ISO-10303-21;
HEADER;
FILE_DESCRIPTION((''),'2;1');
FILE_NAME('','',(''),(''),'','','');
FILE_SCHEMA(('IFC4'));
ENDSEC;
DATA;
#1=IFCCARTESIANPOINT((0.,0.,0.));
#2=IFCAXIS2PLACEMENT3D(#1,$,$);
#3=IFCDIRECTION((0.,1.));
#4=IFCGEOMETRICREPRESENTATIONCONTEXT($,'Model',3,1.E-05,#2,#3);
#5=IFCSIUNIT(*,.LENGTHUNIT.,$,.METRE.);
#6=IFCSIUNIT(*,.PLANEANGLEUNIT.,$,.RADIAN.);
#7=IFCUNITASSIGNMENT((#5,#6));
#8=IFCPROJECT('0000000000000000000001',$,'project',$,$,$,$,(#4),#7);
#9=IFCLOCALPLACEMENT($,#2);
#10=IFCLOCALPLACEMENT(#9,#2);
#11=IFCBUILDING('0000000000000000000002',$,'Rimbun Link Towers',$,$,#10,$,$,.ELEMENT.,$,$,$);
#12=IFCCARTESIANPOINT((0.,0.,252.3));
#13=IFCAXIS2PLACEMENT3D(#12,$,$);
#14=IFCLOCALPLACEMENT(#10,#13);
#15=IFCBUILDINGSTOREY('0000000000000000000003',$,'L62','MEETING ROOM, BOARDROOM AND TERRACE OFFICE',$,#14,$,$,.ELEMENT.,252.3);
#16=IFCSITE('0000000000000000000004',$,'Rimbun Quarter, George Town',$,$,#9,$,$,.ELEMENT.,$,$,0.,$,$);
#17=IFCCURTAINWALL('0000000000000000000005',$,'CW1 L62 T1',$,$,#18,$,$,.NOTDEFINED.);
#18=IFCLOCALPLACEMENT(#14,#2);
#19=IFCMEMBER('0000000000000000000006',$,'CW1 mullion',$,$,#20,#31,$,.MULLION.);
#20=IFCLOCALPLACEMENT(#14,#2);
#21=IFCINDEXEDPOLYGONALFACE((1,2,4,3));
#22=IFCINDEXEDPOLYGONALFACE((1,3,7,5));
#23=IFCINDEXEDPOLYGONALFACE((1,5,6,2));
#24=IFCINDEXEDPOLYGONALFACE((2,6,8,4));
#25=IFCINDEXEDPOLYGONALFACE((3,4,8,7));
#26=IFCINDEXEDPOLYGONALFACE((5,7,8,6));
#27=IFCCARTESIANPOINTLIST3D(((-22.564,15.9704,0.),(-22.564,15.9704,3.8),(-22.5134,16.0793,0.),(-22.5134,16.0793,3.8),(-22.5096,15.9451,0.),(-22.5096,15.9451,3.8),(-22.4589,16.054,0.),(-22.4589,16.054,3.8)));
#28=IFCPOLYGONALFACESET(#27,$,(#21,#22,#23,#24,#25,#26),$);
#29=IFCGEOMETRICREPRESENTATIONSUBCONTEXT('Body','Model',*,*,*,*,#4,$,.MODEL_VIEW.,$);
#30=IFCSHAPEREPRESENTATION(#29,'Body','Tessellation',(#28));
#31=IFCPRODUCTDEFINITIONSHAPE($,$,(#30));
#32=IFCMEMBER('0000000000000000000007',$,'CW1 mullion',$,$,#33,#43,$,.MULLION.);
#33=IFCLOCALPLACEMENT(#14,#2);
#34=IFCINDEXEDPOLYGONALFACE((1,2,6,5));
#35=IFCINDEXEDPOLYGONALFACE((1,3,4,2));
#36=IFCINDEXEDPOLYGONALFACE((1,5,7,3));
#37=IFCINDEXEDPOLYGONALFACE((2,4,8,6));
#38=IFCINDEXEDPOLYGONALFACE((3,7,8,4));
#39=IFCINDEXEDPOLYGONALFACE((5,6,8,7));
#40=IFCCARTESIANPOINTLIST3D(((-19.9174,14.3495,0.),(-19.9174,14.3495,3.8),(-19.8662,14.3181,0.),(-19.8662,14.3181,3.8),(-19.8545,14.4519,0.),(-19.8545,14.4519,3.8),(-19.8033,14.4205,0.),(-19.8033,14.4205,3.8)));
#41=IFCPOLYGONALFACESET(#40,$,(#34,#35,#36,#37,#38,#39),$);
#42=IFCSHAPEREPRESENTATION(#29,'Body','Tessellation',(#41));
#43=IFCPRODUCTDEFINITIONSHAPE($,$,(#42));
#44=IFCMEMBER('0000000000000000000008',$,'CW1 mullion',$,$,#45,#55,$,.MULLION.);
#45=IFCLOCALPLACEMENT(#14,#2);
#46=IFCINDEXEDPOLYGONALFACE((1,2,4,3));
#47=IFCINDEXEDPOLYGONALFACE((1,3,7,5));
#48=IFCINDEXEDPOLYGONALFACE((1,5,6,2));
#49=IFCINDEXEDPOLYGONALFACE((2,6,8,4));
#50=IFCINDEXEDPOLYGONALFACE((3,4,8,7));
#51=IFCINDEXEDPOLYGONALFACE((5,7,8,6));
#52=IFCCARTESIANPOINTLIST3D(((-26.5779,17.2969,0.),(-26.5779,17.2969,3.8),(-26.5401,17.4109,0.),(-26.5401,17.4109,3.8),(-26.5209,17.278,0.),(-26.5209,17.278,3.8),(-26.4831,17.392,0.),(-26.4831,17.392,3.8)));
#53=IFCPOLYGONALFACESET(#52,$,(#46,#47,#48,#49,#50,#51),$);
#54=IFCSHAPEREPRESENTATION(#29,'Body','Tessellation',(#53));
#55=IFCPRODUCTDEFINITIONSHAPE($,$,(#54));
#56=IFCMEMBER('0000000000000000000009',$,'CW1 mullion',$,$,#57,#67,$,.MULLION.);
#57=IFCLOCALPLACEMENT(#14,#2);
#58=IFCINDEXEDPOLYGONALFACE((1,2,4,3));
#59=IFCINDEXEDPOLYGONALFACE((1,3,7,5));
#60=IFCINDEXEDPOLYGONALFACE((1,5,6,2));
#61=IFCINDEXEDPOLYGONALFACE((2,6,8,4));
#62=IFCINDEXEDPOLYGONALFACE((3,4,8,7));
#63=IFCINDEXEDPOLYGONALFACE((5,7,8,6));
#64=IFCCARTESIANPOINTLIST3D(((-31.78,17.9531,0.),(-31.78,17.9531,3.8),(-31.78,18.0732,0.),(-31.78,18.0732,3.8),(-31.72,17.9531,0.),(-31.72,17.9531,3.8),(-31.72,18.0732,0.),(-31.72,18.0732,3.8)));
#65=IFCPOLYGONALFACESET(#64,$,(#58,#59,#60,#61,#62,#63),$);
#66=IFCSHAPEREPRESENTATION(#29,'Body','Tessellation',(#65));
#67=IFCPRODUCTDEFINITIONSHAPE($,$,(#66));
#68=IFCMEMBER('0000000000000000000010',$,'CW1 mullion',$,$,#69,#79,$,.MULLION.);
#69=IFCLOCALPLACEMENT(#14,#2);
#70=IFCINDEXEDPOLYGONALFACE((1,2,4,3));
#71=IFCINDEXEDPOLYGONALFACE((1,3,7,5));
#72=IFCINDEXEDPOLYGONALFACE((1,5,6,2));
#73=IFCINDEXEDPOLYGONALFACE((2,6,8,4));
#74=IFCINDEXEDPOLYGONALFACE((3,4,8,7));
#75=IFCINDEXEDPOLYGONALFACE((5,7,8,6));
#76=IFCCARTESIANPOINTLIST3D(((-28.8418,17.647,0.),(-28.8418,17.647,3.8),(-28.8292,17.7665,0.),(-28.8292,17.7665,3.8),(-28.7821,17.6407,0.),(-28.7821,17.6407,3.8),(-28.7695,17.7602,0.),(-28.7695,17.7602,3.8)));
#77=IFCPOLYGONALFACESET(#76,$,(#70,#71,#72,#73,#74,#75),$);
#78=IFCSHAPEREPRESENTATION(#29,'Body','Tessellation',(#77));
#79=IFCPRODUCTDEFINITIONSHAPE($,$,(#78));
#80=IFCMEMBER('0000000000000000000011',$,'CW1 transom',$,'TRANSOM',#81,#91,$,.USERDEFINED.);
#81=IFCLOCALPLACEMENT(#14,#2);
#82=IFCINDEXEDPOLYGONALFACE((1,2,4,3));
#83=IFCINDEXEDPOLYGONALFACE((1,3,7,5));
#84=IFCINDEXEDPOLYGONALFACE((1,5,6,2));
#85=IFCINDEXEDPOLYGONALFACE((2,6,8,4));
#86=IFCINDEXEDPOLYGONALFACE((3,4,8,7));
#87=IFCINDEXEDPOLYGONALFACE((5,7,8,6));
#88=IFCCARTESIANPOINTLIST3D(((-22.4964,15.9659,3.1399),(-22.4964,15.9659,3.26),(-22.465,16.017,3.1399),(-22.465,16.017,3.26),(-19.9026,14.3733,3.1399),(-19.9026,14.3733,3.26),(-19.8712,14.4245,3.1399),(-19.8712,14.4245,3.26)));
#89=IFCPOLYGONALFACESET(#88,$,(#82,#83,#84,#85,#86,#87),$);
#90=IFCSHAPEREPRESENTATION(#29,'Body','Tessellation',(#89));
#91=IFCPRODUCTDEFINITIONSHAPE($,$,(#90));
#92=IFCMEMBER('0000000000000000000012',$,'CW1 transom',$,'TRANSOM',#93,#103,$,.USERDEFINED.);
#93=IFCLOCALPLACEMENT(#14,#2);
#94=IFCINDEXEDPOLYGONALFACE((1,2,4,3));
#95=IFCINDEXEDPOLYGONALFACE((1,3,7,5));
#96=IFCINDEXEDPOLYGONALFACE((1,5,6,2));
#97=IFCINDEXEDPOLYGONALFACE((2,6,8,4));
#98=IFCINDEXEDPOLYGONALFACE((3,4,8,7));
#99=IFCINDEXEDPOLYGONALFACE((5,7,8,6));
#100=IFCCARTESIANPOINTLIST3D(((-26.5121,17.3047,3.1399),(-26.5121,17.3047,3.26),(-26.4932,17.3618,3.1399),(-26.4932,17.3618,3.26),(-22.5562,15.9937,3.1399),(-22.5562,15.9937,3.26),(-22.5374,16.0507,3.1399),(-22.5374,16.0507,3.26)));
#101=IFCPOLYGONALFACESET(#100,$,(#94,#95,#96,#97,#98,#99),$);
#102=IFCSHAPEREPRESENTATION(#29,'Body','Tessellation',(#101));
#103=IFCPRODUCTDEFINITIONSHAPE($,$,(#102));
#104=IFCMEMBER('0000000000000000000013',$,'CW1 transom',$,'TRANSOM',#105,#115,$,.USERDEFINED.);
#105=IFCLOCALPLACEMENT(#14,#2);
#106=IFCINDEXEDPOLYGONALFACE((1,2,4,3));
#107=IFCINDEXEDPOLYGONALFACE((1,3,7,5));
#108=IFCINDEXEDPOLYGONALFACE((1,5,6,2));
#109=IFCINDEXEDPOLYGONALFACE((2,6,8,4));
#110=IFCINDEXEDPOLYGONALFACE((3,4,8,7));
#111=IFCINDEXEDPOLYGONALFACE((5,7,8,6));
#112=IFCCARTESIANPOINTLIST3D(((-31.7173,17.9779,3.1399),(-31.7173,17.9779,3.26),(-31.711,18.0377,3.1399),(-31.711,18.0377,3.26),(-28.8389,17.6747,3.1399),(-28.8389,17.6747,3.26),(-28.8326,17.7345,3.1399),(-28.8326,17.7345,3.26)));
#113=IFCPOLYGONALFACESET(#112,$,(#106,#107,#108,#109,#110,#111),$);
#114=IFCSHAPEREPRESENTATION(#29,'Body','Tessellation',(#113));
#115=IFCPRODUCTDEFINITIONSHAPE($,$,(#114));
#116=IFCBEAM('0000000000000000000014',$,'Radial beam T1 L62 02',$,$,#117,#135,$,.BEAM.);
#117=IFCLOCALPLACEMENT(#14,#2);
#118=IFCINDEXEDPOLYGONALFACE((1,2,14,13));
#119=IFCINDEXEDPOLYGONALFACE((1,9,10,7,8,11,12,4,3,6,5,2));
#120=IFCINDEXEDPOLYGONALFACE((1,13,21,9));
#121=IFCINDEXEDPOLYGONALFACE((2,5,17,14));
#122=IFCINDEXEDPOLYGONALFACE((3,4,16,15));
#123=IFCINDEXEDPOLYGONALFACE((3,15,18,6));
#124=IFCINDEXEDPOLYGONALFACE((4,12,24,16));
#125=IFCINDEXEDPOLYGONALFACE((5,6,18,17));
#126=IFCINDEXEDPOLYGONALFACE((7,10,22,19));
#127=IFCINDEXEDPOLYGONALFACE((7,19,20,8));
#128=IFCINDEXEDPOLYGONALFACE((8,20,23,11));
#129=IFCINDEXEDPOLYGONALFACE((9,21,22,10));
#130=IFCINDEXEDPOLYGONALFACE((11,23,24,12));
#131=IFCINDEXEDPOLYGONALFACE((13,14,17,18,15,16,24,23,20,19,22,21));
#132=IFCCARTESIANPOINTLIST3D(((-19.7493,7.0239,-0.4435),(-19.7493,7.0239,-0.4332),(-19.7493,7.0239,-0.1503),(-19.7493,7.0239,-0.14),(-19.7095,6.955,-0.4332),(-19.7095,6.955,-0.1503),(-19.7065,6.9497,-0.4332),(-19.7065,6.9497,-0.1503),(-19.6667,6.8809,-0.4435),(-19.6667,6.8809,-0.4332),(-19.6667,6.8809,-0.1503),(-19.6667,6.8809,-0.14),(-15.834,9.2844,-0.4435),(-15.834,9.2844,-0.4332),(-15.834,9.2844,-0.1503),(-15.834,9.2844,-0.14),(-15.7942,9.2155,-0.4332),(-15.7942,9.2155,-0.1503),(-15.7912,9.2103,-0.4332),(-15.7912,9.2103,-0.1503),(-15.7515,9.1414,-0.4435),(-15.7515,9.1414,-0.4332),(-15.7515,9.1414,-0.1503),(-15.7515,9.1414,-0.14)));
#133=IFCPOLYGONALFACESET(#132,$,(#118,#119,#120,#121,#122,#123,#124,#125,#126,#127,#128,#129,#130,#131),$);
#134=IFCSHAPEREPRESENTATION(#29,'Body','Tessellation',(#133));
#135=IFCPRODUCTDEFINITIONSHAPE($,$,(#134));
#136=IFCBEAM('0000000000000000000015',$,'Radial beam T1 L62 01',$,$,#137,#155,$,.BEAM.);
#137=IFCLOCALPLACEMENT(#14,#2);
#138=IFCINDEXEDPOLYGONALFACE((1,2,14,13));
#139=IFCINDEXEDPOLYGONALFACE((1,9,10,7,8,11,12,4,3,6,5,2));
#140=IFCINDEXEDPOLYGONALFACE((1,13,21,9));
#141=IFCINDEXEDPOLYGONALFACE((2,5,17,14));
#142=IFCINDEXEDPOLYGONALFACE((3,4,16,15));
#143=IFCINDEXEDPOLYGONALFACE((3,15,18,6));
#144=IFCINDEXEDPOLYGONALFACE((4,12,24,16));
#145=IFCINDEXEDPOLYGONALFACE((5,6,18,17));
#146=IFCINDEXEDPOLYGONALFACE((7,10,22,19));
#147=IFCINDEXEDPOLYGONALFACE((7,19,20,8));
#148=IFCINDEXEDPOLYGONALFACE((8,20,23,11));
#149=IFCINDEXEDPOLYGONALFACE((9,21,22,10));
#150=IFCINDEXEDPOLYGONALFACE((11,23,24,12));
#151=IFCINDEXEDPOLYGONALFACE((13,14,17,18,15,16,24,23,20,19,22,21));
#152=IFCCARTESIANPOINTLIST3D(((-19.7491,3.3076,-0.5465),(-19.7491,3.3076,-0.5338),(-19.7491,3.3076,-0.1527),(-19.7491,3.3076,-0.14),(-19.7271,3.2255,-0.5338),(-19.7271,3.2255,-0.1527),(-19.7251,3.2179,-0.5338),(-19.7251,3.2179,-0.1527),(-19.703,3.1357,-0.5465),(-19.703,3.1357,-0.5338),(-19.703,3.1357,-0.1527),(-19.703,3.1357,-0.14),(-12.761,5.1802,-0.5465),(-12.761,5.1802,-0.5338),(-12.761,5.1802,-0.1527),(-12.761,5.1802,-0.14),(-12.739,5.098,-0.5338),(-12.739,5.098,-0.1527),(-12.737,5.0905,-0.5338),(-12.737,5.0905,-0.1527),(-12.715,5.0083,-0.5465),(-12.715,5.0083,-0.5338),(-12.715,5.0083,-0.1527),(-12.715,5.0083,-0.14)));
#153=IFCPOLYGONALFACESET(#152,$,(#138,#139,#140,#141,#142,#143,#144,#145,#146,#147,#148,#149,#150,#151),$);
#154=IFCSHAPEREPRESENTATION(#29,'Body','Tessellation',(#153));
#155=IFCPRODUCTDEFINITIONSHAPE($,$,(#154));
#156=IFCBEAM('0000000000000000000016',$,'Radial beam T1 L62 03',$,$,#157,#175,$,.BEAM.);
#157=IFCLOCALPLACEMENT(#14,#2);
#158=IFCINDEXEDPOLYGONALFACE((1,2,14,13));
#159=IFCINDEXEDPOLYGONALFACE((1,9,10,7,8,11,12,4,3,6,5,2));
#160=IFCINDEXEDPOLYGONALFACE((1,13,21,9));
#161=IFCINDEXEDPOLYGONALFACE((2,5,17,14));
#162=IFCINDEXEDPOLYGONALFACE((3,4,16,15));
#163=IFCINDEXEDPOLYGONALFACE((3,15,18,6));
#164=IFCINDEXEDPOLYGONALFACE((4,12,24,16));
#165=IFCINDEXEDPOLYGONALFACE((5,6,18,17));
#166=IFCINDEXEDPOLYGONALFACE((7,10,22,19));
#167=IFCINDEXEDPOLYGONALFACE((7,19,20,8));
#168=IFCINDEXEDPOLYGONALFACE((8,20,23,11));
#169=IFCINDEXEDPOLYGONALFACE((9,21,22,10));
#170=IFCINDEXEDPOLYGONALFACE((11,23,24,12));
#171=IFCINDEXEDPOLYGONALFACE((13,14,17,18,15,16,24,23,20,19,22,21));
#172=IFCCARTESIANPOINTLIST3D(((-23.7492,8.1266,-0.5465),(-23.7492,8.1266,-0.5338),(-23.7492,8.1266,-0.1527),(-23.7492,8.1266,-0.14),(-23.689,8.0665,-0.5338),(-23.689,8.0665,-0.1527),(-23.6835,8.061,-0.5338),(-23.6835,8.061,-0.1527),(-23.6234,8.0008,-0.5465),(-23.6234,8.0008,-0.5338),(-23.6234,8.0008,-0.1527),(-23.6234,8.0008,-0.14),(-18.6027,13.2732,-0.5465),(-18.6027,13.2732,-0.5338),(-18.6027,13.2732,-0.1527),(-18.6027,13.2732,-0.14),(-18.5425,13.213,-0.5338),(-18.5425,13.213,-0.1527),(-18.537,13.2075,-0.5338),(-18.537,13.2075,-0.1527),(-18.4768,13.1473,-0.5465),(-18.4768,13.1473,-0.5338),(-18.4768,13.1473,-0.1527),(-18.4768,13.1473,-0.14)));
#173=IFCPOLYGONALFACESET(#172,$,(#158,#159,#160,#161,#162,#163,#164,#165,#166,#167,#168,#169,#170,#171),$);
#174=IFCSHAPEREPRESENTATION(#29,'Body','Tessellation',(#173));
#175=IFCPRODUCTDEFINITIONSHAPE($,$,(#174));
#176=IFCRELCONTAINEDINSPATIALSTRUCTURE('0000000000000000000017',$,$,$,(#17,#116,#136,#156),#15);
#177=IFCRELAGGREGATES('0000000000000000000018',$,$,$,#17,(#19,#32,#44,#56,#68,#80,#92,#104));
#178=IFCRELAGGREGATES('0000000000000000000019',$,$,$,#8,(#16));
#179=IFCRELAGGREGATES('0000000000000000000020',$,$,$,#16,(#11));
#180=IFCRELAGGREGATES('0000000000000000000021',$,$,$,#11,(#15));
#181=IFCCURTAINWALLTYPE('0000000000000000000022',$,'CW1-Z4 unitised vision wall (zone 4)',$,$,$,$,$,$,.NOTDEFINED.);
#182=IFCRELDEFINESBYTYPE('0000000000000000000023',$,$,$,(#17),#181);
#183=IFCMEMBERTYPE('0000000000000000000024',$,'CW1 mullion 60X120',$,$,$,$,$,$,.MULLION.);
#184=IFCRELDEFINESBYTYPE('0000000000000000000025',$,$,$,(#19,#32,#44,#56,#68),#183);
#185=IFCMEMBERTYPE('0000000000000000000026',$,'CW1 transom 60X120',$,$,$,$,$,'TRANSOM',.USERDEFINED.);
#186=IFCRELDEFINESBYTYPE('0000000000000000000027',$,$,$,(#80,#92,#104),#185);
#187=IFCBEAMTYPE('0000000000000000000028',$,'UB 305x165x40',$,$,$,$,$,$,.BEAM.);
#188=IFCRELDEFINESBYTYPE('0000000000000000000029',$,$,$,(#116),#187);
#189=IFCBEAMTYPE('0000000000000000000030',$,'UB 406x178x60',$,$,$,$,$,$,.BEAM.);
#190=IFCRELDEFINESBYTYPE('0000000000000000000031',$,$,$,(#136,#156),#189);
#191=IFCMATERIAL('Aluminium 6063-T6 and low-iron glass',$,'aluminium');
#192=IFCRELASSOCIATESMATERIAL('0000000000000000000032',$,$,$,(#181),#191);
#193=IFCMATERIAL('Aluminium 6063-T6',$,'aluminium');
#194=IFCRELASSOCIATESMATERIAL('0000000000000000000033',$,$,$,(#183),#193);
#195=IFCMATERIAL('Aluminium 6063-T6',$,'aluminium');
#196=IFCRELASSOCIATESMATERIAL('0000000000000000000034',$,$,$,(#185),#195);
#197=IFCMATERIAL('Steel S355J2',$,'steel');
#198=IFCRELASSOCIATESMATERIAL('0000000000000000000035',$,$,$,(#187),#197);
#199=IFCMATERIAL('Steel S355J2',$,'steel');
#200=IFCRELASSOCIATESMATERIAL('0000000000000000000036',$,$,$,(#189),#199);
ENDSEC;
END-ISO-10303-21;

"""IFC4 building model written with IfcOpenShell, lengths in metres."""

from ifc_helpers import new_model, si_unit, direction, frame, origin, origin_2d, place, context, subcontext, project, spatial, rectangle, i_section, extrude, material, material_profile, profile_set, type_object, element, aggregate, save


model = new_model("IFC4")

# Units and contexts
model_context = context("Model", 3, precision=1e-05, world=origin(), true_north=direction((0.0, 1.0)))
body_context = subcontext(model_context, "Body", "Model", "MODEL_VIEW")
ifc_project = project(units=[si_unit("LENGTHUNIT", "METRE"), si_unit("PLANEANGLEUNIT", "RADIAN")], contexts=[model_context])

# Site, building, storey
site_placement = place(None, origin())
site = spatial("IfcSite", under=ifc_project, at=site_placement, Name="Rimbun Quarter, George Town", CompositionType="ELEMENT", RefElevation=0.0)
building_placement = place(site_placement, origin())
building = spatial("IfcBuilding", under=site, at=building_placement, Name="Rimbun Link Towers", CompositionType="ELEMENT")
storey_placement = place(building_placement, frame((0.0, 0.0, 252.3)))
storey = spatial("IfcBuildingStorey", under=building, at=storey_placement, Name="L62", Description="MEETING ROOM, BOARDROOM AND TERRACE OFFICE", CompositionType="ELEMENT", Elevation=252.3)

# Curtain wall, members
ifc_material_1 = material(Name="Aluminium 6063-T6 and low-iron glass", Category="aluminium")
curtain_wall_type = type_object("IfcCurtainWallType", Name="CW1-Z4 unitised vision wall (zone 4)", PredefinedType="NOTDEFINED", material=ifc_material_1)
curtain_wall_placement = place(storey_placement, origin())
curtain_wall = element("IfcCurtainWall", 1, at=curtain_wall_placement, inside=storey, type_object=curtain_wall_type, Name="CW1 L62 T1", PredefinedType="NOTDEFINED")
ifc_material_2 = material(Name="Aluminium 6063-T6", Category="aluminium")
ifc_material_profile_1 = material_profile(ifc_material_2, rectangle(XDim=0.1201, YDim=0.0601, at=origin_2d()), Name="MULLION 60X120")
ifc_profile_set_1 = profile_set([ifc_material_profile_1], Name="Aluminium 6063-T6")
member_type_1 = type_object("IfcMemberType", Name="CW1 mullion 60X120", PredefinedType="MULLION", material=ifc_profile_set_1)
member_1_placement = place(storey_placement, frame((-22.5115, 16.0122, 0.0), z_axis=(0.0, 0.0, 1.0), x_axis=(0.4217, 0.906735, 0.0)))
member_1 = element("IfcMember", 2, at=member_1_placement, type_object=member_type_1, Name="CW1 mullion", PredefinedType="MULLION", context=body_context, shape_type="SweptSolid", body=[
    extrude(rectangle(XDim=0.1201, YDim=0.0601, at=origin_2d()), origin(), (0.0, 0.0, 1.0), 3.8),
])
member_2_placement = place(storey_placement, frame((-19.8604, 14.385, 0.0), z_axis=(0.0, 0.0, 1.0), x_axis=(0.523229, 0.852192, 0.0)))
member_2 = element("IfcMember", 3, at=member_2_placement, type_object=member_type_1, Name="CW1 mullion", PredefinedType="MULLION", context=body_context, shape_type="SweptSolid", body=[
    extrude(rectangle(XDim=0.1201, YDim=0.0601, at=origin_2d()), origin(), (0.0, 0.0, 1.0), 3.8),
])
member_3_placement = place(storey_placement, frame((-26.5305, 17.3445, 0.0), z_axis=(0.0, 0.0, 1.0), x_axis=(0.314569, 0.949234, 0.0)))
member_3 = element("IfcMember", 4, at=member_3_placement, type_object=member_type_1, Name="CW1 mullion", PredefinedType="MULLION", context=body_context, shape_type="SweptSolid", body=[
    extrude(rectangle(XDim=0.1201, YDim=0.0601, at=origin_2d()), origin(), (0.0, 0.0, 1.0), 3.8),
])
member_4_placement = place(storey_placement, frame((-31.75, 18.0132, 0.0), z_axis=(0.0, 0.0, 1.0), x_axis=(0.0, 1.0, 0.0)))
member_4 = element("IfcMember", 5, at=member_4_placement, type_object=member_type_1, Name="CW1 mullion", PredefinedType="MULLION", context=body_context, shape_type="SweptSolid", body=[
    extrude(rectangle(XDim=0.1201, YDim=0.0601, at=origin_2d()), origin(), (0.0, 0.0, 1.0), 3.8),
])
member_5_placement = place(storey_placement, frame((-28.8057, 17.7036, 0.0), z_axis=(0.0, 0.0, 1.0), x_axis=(0.104732, 0.9945, 0.0)))
member_5 = element("IfcMember", 6, at=member_5_placement, type_object=member_type_1, Name="CW1 mullion", PredefinedType="MULLION", context=body_context, shape_type="SweptSolid", body=[
    extrude(rectangle(XDim=0.1201, YDim=0.0601, at=origin_2d()), origin(), (0.0, 0.0, 1.0), 3.8),
])
ifc_material_3 = material(Name="Aluminium 6063-T6", Category="aluminium")
ifc_material_profile_2 = material_profile(ifc_material_3, rectangle(XDim=0.0601, YDim=0.1201, at=origin_2d()), Name="TRANSOM 60X120")
ifc_profile_set_2 = profile_set([ifc_material_profile_2], Name="Aluminium 6063-T6")
member_type_2 = type_object("IfcMemberType", Name="CW1 transom 60X120", ElementType="TRANSOM", PredefinedType="USERDEFINED", material=ifc_profile_set_2)
member_6_placement = place(storey_placement, frame((-22.4807, 15.9915, 3.2), z_axis=(0.852189, -0.523233, 0.0), x_axis=(0.523233, 0.852189, 0.0)))
member_6 = element("IfcMember", 7, at=member_6_placement, type_object=member_type_2, Name="CW1 transom", ObjectType="TRANSOM", PredefinedType="USERDEFINED", context=body_context, shape_type="SweptSolid", body=[
    extrude(rectangle(XDim=0.0601, YDim=0.1201, at=origin_2d()), origin(), (0.0, 0.0, 1.0), 3.0437),
])
member_7_placement = place(storey_placement, frame((-26.5027, 17.3333, 3.2), z_axis=(0.949227, -0.314593, 0.0), x_axis=(0.314593, 0.949227, 0.0)))
member_7 = element("IfcMember", 8, at=member_7_placement, type_object=member_type_2, Name="CW1 transom", ObjectType="TRANSOM", PredefinedType="USERDEFINED", context=body_context, shape_type="SweptSolid", body=[
    extrude(rectangle(XDim=0.0601, YDim=0.1201, at=origin_2d()), origin(), (0.0, 0.0, 1.0), 4.1675),
])
member_8_placement = place(storey_placement, frame((-31.7141, 18.0078, 3.2), z_axis=(0.994497, -0.104764, 0.0), x_axis=(0.104764, 0.994497, 0.0)))
member_8 = element("IfcMember", 9, at=member_8_placement, type_object=member_type_2, Name="CW1 transom", ObjectType="TRANSOM", PredefinedType="USERDEFINED", context=body_context, shape_type="SweptSolid", body=[
    extrude(rectangle(XDim=0.0601, YDim=0.1201, at=origin_2d()), origin(), (0.0, 0.0, 1.0), 2.8943),
])

# Beams
ifc_material_4 = material(Name="Steel S355J2", Category="steel")
ifc_material_profile_3 = material_profile(ifc_material_4, i_section(OverallWidth=0.165, OverallDepth=0.3035, WebThickness=0.0061, FlangeThickness=0.0103, at=origin_2d()), Name="UB 305x165x40")
ifc_profile_set_3 = profile_set([ifc_material_profile_3], Name="Steel S355J2")
beam_type_1 = type_object("IfcBeamType", Name="UB 305x165x40", PredefinedType="BEAM", material=ifc_profile_set_3)
beam_1_placement = place(storey_placement, frame((-19.708, 6.9524, -0.2917), z_axis=(0.866025, 0.500001, 0.0), x_axis=(-0.500001, 0.866025, 0.0)))
element("IfcBeam", 10, at=beam_1_placement, inside=storey, type_object=beam_type_1, Name="Radial beam T1 L62 02", PredefinedType="BEAM", context=body_context, shape_type="SweptSolid", body=[
    extrude(i_section(OverallWidth=0.165, OverallDepth=0.3035, WebThickness=0.0061, FlangeThickness=0.0103, at=origin_2d()), origin(), (0.0, 0.0, 1.0), 4.521),
])
ifc_material_5 = material(Name="Steel S355J2", Category="steel")
ifc_material_profile_4 = material_profile(ifc_material_5, i_section(OverallWidth=0.178, OverallDepth=0.4065, WebThickness=0.0078, FlangeThickness=0.0127, at=origin_2d()), Name="UB 406x178x60")
ifc_profile_set_4 = profile_set([ifc_material_profile_4], Name="Steel S355J2")
beam_type_2 = type_object("IfcBeamType", Name="UB 406x178x60", PredefinedType="BEAM", material=ifc_profile_set_4)
beam_2_placement = place(storey_placement, frame((-19.7261, 3.2217, -0.3433), z_axis=(0.965922, 0.258834, 0.0), x_axis=(-0.258834, 0.965922, 0.0)))
element("IfcBeam", 11, at=beam_2_placement, inside=storey, type_object=beam_type_2, Name="Radial beam T1 L62 01", PredefinedType="BEAM", context=body_context, shape_type="SweptSolid", body=[
    extrude(i_section(OverallWidth=0.178, OverallDepth=0.4065, WebThickness=0.0078, FlangeThickness=0.0127, at=origin_2d()), origin(), (0.0, 0.0, 1.0), 7.2346),
])
beam_3_placement = place(storey_placement, frame((-23.6863, 8.0637, -0.3433), z_axis=(0.707107, 0.707107, 0.0), x_axis=(-0.707107, 0.707107, 0.0)))
element("IfcBeam", 12, at=beam_3_placement, inside=storey, type_object=beam_type_2, Name="Radial beam T1 L62 03", PredefinedType="BEAM", context=body_context, shape_type="SweptSolid", body=[
    extrude(i_section(OverallWidth=0.178, OverallDepth=0.4065, WebThickness=0.0078, FlangeThickness=0.0127, at=origin_2d()), origin(), (0.0, 0.0, 1.0), 7.2783),
])

aggregate(curtain_wall, [member_1, member_2, member_3, member_4, member_5, member_6, member_7, member_8])

save(model, "model.ifc")
